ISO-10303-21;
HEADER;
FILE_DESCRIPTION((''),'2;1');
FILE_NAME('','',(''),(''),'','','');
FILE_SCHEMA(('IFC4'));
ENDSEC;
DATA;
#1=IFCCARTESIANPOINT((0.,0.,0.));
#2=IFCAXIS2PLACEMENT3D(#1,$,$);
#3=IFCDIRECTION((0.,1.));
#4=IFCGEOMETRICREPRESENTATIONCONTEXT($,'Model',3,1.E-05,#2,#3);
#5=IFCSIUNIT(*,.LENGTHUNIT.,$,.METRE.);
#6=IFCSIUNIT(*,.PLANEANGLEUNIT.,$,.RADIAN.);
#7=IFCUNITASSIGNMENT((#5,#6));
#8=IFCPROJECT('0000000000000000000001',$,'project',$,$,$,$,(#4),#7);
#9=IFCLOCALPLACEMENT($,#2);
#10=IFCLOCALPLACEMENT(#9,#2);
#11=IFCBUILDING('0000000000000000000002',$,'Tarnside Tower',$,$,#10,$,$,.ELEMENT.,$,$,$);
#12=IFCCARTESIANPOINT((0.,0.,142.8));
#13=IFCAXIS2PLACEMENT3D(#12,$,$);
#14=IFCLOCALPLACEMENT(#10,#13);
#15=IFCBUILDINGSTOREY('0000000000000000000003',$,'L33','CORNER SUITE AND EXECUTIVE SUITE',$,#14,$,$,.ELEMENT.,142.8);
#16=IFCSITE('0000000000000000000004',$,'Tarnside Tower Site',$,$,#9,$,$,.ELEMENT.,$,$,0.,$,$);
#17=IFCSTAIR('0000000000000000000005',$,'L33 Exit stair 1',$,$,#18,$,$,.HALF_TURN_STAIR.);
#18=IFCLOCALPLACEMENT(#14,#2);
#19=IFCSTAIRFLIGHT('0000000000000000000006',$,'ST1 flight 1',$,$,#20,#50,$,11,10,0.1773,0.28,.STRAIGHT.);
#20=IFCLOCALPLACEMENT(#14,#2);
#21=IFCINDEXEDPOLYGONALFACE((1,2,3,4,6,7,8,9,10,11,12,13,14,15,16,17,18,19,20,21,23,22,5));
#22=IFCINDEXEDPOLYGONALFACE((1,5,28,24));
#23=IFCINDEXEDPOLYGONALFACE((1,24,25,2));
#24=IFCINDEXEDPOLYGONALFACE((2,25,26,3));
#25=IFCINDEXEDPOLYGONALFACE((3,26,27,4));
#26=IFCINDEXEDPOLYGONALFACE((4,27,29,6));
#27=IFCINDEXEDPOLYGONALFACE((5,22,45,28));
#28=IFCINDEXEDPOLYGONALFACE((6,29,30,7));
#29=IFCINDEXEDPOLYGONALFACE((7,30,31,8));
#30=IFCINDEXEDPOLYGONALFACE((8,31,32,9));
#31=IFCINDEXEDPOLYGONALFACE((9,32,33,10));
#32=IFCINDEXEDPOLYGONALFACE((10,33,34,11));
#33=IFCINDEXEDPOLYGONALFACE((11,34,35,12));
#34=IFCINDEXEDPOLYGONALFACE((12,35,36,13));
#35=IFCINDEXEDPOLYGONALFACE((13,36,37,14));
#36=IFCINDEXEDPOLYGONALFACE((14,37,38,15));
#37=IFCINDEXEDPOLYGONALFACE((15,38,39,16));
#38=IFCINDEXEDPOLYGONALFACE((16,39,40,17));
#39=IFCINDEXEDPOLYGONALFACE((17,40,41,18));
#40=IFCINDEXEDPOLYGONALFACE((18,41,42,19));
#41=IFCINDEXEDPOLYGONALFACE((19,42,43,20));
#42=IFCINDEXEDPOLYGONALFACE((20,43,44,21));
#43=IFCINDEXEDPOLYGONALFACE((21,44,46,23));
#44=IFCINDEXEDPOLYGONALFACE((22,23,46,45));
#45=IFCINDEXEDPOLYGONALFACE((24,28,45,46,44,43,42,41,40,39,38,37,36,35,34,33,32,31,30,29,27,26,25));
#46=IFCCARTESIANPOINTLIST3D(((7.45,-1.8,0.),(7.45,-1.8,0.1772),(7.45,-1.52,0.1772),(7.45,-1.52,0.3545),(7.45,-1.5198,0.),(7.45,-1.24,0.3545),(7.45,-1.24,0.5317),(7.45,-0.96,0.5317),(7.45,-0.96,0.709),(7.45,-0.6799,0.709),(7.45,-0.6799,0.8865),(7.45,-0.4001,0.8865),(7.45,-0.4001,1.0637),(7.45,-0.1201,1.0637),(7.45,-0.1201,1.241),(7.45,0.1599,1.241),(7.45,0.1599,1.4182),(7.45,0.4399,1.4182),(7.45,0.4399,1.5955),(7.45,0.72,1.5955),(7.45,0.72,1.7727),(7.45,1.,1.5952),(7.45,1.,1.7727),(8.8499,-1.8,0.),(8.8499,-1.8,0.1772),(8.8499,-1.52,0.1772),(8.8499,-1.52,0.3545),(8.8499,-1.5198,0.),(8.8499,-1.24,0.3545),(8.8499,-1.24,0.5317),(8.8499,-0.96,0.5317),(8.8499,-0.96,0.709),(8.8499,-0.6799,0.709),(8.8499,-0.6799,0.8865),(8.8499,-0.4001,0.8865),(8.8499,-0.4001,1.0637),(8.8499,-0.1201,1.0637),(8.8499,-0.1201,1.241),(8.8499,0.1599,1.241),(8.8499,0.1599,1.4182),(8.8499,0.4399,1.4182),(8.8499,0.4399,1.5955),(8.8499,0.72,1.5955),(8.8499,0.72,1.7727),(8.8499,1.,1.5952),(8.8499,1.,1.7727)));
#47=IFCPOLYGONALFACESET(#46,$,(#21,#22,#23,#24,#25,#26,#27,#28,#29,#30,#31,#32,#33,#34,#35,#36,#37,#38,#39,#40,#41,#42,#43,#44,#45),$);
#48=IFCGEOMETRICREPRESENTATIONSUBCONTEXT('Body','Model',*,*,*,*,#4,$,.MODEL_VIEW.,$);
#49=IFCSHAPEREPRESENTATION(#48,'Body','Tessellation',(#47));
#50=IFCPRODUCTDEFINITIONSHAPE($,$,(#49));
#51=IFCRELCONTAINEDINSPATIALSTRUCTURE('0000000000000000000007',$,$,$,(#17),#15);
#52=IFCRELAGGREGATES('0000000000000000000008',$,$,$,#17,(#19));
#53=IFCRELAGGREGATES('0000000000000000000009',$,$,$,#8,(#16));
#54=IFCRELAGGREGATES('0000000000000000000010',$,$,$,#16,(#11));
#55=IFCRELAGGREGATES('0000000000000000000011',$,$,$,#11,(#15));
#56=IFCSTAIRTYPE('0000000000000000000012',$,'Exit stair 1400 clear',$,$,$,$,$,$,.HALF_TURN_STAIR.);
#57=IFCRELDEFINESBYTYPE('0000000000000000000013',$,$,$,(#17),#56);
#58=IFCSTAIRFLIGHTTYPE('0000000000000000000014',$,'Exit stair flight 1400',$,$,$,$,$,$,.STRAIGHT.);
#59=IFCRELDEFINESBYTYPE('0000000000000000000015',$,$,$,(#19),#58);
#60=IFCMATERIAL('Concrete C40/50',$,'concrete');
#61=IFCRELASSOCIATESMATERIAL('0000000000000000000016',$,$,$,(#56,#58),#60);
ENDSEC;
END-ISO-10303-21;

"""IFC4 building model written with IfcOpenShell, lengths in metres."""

from ifc_helpers import new_model, si_unit, direction, frame, origin, place, context, subcontext, project, spatial, polyline, outline, extrude, material, type_object, element, aggregate, save


model = new_model("IFC4")

# Units and contexts
model_context = context("Model", 3, precision=1e-05, world=origin(), true_north=direction((0.0, 1.0)))
body_context = subcontext(model_context, "Body", "Model", "MODEL_VIEW")
ifc_project = project(units=[si_unit("LENGTHUNIT", "METRE"), si_unit("PLANEANGLEUNIT", "RADIAN")], contexts=[model_context])

# Site, building, storey
site_placement = place(None, origin())
site = spatial("IfcSite", under=ifc_project, at=site_placement, Name="Tarnside Tower Site", CompositionType="ELEMENT", RefElevation=0.0)
building_placement = place(site_placement, origin())
building = spatial("IfcBuilding", under=site, at=building_placement, Name="Tarnside Tower", CompositionType="ELEMENT")
storey_placement = place(building_placement, frame((0.0, 0.0, 142.8)))
storey = spatial("IfcBuildingStorey", under=building, at=storey_placement, Name="L33", Description="CORNER SUITE AND EXECUTIVE SUITE", CompositionType="ELEMENT", Elevation=142.8)

# Shared definitions
ifc_material_1 = material(Name="Concrete C40/50", Category="concrete")

# Shared definitions
stair_type = type_object("IfcStairType", Name="Exit stair 1400 clear", PredefinedType="HALF_TURN_STAIR", material=ifc_material_1)

# Stair, stair flight
stair_1_placement = place(storey_placement, origin())
stair_1 = element("IfcStair", 1, at=stair_1_placement, inside=storey, type_object=stair_type, Name="L33 Exit stair 1", PredefinedType="HALF_TURN_STAIR")
stair_flight_type = type_object("IfcStairFlightType", Name="Exit stair flight 1400", PredefinedType="STRAIGHT", material=ifc_material_1)
stair_flight_placement = place(storey_placement, frame((8.1499, -1.8, 0.0), z_axis=(0.0, 0.0, 1.0), x_axis=(0.0, 1.0, 0.0)))
stair_flight = element("IfcStairFlight", 2, at=stair_flight_placement, type_object=stair_flight_type, Name="ST1 flight 1", NumberOfRisers=11, NumberOfTreads=10, PredefinedType="STRAIGHT", RiserHeight=0.1773, TreadLength=0.28, context=body_context, shape_type="SweptSolid", body=[
    extrude(outline(polyline([(0.0, 0.0), (0.0, 0.1772), (0.28, 0.1772), (0.28, 0.3545), (0.5601, 0.3545), (0.5601, 0.5317), (0.8401, 0.5317), (0.8401, 0.709), (1.1201, 0.709), (1.1201, 0.8865), (1.3999, 0.8865), (1.3999, 1.0637), (1.6799, 1.0637), (1.6799, 1.241), (1.96, 1.241), (1.96, 1.4182), (2.24, 1.4182), (2.24, 1.5955), (2.52, 1.5955), (2.52, 1.7727), (2.8, 1.7727), (2.8, 1.95), (2.8, 1.5952), (0.2803, 0.0), (0.0, 0.0)])), frame((0.0, 0.7, 0.0), z_axis=(0.0, -1.0, 0.0), x_axis=(1.0, 0.0, 0.0)), (0.0, 0.0, 1.0), 1.3999),
])
aggregate(stair_1, [stair_flight])

save(model, "model.ifc")
